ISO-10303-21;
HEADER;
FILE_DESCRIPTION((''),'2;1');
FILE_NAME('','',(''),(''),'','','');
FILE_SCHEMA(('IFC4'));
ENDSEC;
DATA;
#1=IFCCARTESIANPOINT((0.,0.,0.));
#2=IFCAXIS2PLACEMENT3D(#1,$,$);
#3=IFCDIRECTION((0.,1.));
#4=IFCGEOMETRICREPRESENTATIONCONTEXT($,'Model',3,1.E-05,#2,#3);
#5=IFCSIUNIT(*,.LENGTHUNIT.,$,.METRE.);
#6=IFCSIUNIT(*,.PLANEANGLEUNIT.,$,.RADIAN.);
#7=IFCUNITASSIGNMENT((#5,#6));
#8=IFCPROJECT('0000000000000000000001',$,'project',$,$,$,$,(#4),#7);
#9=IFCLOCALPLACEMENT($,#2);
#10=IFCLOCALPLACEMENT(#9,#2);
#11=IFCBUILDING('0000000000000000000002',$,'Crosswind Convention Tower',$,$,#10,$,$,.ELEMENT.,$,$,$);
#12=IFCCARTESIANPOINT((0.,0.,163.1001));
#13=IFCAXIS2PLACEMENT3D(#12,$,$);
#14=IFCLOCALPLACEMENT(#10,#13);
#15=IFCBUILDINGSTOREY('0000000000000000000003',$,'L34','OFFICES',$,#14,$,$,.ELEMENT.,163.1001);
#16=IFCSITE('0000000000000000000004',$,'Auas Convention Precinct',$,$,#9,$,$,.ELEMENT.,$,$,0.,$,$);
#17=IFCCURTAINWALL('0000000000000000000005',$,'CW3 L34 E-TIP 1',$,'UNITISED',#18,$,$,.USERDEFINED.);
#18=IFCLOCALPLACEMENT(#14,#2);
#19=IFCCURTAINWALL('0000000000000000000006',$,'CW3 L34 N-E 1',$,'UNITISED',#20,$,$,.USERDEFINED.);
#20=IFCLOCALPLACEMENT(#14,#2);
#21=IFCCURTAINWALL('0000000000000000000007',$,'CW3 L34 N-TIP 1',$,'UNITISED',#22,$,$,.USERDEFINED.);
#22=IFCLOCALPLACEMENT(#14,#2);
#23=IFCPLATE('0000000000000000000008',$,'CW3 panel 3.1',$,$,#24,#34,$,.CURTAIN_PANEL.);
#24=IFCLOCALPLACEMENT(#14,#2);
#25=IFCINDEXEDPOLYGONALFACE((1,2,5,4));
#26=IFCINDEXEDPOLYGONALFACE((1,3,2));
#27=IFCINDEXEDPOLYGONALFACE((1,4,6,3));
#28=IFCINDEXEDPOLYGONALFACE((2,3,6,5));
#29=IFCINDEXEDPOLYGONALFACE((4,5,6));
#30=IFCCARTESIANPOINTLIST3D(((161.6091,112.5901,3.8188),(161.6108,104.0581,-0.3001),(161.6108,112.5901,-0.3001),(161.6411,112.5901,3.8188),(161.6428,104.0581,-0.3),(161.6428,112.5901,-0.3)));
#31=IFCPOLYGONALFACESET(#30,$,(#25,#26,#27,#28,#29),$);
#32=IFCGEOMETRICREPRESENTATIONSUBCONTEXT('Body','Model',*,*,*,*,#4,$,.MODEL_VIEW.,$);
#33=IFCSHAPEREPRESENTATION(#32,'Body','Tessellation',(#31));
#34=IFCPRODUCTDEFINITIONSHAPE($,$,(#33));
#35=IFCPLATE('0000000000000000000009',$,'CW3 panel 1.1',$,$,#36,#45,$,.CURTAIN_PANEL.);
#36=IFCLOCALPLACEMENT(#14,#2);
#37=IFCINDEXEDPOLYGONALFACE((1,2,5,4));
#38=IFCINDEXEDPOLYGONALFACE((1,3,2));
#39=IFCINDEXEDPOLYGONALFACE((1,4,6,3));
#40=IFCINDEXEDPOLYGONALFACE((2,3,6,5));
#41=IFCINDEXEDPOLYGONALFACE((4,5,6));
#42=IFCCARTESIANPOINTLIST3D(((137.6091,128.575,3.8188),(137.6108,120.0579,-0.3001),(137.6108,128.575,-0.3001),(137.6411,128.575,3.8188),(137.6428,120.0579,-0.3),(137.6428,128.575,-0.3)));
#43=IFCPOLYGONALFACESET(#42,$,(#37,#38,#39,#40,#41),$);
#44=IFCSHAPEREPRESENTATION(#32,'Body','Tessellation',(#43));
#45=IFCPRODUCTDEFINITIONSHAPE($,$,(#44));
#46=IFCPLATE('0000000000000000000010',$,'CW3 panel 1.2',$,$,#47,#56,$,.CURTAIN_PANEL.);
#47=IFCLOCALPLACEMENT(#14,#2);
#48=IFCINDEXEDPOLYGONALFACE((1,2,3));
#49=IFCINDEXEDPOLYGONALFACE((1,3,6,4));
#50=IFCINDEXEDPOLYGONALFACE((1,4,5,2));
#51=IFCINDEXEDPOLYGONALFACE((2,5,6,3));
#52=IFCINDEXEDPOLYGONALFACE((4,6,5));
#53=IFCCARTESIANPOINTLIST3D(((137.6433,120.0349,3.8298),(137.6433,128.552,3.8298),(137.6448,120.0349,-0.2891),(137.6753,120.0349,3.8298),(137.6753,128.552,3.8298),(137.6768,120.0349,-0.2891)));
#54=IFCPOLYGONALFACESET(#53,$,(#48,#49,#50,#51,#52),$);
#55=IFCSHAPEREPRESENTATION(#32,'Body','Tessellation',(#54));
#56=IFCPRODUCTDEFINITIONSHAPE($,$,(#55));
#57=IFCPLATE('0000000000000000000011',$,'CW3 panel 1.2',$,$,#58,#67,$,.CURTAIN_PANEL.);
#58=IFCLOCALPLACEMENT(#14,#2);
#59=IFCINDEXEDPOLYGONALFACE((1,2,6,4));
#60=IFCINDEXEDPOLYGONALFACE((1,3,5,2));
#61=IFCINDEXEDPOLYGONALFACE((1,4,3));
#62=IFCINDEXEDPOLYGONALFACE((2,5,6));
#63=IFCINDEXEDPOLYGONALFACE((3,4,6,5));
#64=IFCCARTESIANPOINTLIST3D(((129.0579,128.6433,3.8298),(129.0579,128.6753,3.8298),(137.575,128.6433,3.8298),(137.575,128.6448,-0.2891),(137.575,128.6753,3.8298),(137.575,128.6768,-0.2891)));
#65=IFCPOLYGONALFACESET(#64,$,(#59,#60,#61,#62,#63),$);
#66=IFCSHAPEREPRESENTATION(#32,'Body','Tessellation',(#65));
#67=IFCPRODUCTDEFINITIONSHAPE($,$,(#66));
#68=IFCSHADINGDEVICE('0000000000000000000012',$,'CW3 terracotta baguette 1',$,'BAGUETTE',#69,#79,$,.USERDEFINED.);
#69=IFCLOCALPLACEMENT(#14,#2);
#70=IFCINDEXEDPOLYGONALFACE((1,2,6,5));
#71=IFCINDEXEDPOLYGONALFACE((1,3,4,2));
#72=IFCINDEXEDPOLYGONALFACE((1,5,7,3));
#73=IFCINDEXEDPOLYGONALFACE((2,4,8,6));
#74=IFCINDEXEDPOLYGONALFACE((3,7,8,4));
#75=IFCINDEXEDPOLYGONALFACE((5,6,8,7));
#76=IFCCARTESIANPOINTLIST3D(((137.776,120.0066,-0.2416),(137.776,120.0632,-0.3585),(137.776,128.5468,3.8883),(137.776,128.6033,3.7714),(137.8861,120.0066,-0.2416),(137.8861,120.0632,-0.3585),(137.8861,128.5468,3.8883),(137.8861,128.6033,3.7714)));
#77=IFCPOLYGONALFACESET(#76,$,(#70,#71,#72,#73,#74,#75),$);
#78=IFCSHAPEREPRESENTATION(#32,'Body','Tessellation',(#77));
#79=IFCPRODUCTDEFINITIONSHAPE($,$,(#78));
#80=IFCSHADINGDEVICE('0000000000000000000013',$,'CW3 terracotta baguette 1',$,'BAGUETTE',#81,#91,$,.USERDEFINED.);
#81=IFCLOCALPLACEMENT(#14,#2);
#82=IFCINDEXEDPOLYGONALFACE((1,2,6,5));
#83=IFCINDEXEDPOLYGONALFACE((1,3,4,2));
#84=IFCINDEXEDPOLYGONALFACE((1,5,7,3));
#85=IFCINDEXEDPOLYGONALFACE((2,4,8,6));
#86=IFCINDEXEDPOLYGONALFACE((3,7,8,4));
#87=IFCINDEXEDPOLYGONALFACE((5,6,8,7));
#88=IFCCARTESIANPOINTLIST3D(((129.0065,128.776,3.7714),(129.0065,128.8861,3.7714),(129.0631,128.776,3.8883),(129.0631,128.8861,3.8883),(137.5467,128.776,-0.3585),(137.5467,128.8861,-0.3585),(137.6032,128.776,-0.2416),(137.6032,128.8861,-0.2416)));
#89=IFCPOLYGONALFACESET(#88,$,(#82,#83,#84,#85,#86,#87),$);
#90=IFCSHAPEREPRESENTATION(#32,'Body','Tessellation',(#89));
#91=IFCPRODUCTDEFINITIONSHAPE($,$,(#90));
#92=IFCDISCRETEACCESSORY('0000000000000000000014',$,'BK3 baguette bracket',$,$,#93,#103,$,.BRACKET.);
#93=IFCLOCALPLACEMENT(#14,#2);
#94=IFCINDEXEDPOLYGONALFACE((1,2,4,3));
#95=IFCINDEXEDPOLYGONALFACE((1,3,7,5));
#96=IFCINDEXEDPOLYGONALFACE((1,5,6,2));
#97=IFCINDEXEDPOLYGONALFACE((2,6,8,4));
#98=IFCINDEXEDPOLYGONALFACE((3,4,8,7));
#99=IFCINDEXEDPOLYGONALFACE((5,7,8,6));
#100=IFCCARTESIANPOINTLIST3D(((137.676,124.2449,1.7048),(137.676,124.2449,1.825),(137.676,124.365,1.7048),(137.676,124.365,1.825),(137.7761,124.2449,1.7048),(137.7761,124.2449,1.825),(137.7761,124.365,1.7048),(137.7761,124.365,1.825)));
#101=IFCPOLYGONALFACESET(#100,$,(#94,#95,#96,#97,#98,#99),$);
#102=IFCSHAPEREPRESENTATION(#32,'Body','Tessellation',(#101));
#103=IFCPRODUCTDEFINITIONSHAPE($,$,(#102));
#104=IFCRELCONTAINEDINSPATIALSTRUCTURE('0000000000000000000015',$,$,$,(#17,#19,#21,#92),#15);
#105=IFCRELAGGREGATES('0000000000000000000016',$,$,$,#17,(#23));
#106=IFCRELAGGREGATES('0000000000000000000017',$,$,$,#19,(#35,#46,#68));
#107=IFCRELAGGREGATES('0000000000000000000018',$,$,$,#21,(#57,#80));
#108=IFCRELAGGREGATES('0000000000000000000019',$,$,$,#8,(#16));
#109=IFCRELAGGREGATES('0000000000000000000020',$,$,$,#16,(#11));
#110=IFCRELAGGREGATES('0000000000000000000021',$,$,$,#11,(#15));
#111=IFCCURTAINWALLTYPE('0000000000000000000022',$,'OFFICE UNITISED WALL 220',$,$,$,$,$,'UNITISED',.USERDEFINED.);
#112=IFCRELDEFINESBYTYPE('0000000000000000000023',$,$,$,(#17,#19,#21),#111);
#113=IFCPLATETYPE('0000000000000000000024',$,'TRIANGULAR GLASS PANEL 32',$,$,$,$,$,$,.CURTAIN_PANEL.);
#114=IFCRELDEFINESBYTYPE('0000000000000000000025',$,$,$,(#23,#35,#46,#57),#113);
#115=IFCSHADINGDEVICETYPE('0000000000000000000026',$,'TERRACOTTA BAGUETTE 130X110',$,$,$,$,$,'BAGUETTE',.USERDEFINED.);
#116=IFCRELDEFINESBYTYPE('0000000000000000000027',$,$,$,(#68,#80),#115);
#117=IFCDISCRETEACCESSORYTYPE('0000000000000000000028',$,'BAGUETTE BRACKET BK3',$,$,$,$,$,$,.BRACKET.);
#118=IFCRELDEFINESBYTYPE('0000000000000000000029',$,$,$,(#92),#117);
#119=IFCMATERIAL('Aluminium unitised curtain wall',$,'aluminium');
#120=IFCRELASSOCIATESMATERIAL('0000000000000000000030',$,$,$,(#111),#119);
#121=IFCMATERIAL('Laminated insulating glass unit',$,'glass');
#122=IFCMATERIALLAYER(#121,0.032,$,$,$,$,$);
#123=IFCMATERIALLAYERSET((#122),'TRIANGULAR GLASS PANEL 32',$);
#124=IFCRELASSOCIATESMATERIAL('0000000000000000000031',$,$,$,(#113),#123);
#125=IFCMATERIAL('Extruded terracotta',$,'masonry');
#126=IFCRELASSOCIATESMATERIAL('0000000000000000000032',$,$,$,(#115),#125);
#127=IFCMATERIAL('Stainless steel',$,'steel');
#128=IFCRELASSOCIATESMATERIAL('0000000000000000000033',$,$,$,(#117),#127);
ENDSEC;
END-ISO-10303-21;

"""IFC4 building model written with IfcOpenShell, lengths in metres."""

from ifc_helpers import new_model, si_unit, direction, frame, origin, origin_2d, place, context, subcontext, project, spatial, polyline, rectangle, outline, extrude, material, layer, layer_set, material_profile, profile_set, type_object, element, aggregate, save


model = new_model("IFC4")

# Units and contexts
model_context = context("Model", 3, precision=1e-05, world=origin(), true_north=direction((0.0, 1.0)))
body_context = subcontext(model_context, "Body", "Model", "MODEL_VIEW")
ifc_project = project(units=[si_unit("LENGTHUNIT", "METRE"), si_unit("PLANEANGLEUNIT", "RADIAN")], contexts=[model_context])

# Site, building, storey
site_placement = place(None, origin())
site = spatial("IfcSite", under=ifc_project, at=site_placement, Name="Auas Convention Precinct", CompositionType="ELEMENT", RefElevation=0.0)
building_placement = place(site_placement, origin())
building = spatial("IfcBuilding", under=site, at=building_placement, Name="Crosswind Convention Tower", CompositionType="ELEMENT")
storey_placement = place(building_placement, frame((0.0, 0.0, 163.1001)))
storey = spatial("IfcBuildingStorey", under=building, at=storey_placement, Name="L34", Description="OFFICES", CompositionType="ELEMENT", Elevation=163.1001)

# Shared definitions
ifc_material_1 = material(Name="Aluminium unitised curtain wall", Category="aluminium")

# Curtain wall
curtain_wall_type_1 = type_object("IfcCurtainWallType", Name="OFFICE UNITISED WALL 220", ElementType="UNITISED", PredefinedType="USERDEFINED", material=ifc_material_1)
curtain_wall_1_placement = place(storey_placement, origin())
curtain_wall_1 = element("IfcCurtainWall", 1, at=curtain_wall_1_placement, inside=storey, type_object=curtain_wall_type_1, Name="CW3 L34 E-TIP 1", ObjectType="UNITISED", PredefinedType="USERDEFINED")

# Curtain wall
curtain_wall_2_placement = place(storey_placement, origin())
curtain_wall_2 = element("IfcCurtainWall", 2, at=curtain_wall_2_placement, inside=storey, type_object=curtain_wall_type_1, Name="CW3 L34 N-E 1", ObjectType="UNITISED", PredefinedType="USERDEFINED")

# Curtain wall
curtain_wall_3_placement = place(storey_placement, origin())
curtain_wall_3 = element("IfcCurtainWall", 3, at=curtain_wall_3_placement, inside=storey, type_object=curtain_wall_type_1, Name="CW3 L34 N-TIP 1", ObjectType="UNITISED", PredefinedType="USERDEFINED")

# Plates
ifc_material_2 = material(Name="Laminated insulating glass unit", Category="glass")
ifc_layer_1 = layer(ifc_material_2, 0.032)
ifc_layer_set_1 = layer_set([ifc_layer_1], Name="TRIANGULAR GLASS PANEL 32")
plate_type_1 = type_object("IfcPlateType", Name="TRIANGULAR GLASS PANEL 32", PredefinedType="CURTAIN_PANEL", material=ifc_layer_set_1)
plate_1_placement = place(storey_placement, frame((161.6428, 112.5901, -0.3), z_axis=(1.0, 0.0, 0.000415), x_axis=(-0.000415, 0.0, 1.0)))
plate_1 = element("IfcPlate", 4, at=plate_1_placement, type_object=plate_type_1, Name="CW3 panel 3.1", PredefinedType="CURTAIN_PANEL", context=body_context, shape_type="SweptSolid", body=[
    extrude(outline(polyline([(0.0, 0.0), (4.1189, 0.0), (0.0, 8.532), (0.0, 0.0)])), origin(), (0.0, 0.0, -1.0), 0.032),
])
aggregate(curtain_wall_1, [plate_1])
plate_2_placement = place(storey_placement, frame((137.6428, 128.575, -0.3), z_axis=(1.0, 0.0, 0.000415), x_axis=(-0.000415, 0.0, 1.0)))
plate_2 = element("IfcPlate", 5, at=plate_2_placement, type_object=plate_type_1, Name="CW3 panel 1.1", PredefinedType="CURTAIN_PANEL", context=body_context, shape_type="SweptSolid", body=[
    extrude(outline(polyline([(0.0, 0.0), (4.1189, 0.0), (0.0, 8.5171), (0.0, 0.0)])), origin(), (0.0, 0.0, -1.0), 0.032),
])
plate_3_placement = place(storey_placement, frame((137.6753, 120.0349, 3.8298), z_axis=(1.0, 0.0, 0.000356), x_axis=(0.000356, 0.0, -1.0)))
plate_3 = element("IfcPlate", 6, at=plate_3_placement, type_object=plate_type_1, Name="CW3 panel 1.2", PredefinedType="CURTAIN_PANEL", context=body_context, shape_type="SweptSolid", body=[
    extrude(outline(polyline([(0.0, 0.0), (4.1189, 0.0), (0.0, 8.5171), (0.0, 0.0)])), origin(), (0.0, 0.0, -1.0), 0.032),
])
plate_4_placement = place(storey_placement, frame((137.575, 128.6753, 3.8298), z_axis=(0.0, 1.0, 0.000356), x_axis=(0.0, 0.000356, -1.0)))
plate_4 = element("IfcPlate", 7, at=plate_4_placement, type_object=plate_type_1, Name="CW3 panel 1.2", PredefinedType="CURTAIN_PANEL", context=body_context, shape_type="SweptSolid", body=[
    extrude(outline(polyline([(0.0, 0.0), (4.1189, 0.0), (0.0, 8.5171), (0.0, 0.0)])), origin(), (0.0, 0.0, -1.0), 0.032),
])

# Shading devices
ifc_material_3 = material(Name="Extruded terracotta", Category="masonry")
ifc_material_profile_1 = material_profile(ifc_material_3, rectangle(XDim=0.1101, YDim=0.1299, at=origin_2d()), Name="TC 110X130")
ifc_profile_set_1 = profile_set([ifc_material_profile_1], Name="Extruded terracotta")
shading_device_type = type_object("IfcShadingDeviceType", Name="TERRACOTTA BAGUETTE 130X110", ElementType="BAGUETTE", PredefinedType="USERDEFINED", material=ifc_profile_set_1)
shading_device_1_placement = place(storey_placement, frame((137.8311, 120.0349, -0.3), z_axis=(0.0, 0.900258, 0.435356), x_axis=(-1.0, 0.0, 0.0)))
shading_device_1 = element("IfcShadingDevice", 8, at=shading_device_1_placement, type_object=shading_device_type, Name="CW3 terracotta baguette 1", ObjectType="BAGUETTE", PredefinedType="USERDEFINED", context=body_context, shape_type="SweptSolid", body=[
    extrude(rectangle(XDim=0.1101, YDim=0.1299, at=origin_2d()), origin(), (0.0, 0.0, 1.0), 9.4863),
])
aggregate(curtain_wall_2, [plate_2, plate_3, shading_device_1])
shading_device_2_placement = place(storey_placement, frame((137.575, 128.8311, -0.3), z_axis=(-0.900258, 0.0, 0.435356), x_axis=(0.0, -1.0, 0.0)))
shading_device_2 = element("IfcShadingDevice", 9, at=shading_device_2_placement, type_object=shading_device_type, Name="CW3 terracotta baguette 1", ObjectType="BAGUETTE", PredefinedType="USERDEFINED", context=body_context, shape_type="SweptSolid", body=[
    extrude(rectangle(XDim=0.1101, YDim=0.1299, at=origin_2d()), origin(), (0.0, 0.0, 1.0), 9.4863),
])
aggregate(curtain_wall_3, [plate_4, shading_device_2])

# Discrete accessory
ifc_material_4 = material(Name="Stainless steel", Category="steel")
discrete_accessory_type = type_object("IfcDiscreteAccessoryType", Name="BAGUETTE BRACKET BK3", PredefinedType="BRACKET", material=ifc_material_4)
discrete_accessory_placement = place(storey_placement, frame((137.7261, 124.3049, 1.7048), z_axis=(0.0, 0.0, 1.0), x_axis=(0.0, 1.0, 0.0)))
element("IfcDiscreteAccessory", 10, at=discrete_accessory_placement, inside=storey, type_object=discrete_accessory_type, Name="BK3 baguette bracket", PredefinedType="BRACKET", context=body_context, shape_type="SweptSolid", body=[
    extrude(rectangle(XDim=0.1201, YDim=0.1001, at=origin_2d()), origin(), (0.0, 0.0, 1.0), 0.1201),
])

save(model, "model.ifc")
